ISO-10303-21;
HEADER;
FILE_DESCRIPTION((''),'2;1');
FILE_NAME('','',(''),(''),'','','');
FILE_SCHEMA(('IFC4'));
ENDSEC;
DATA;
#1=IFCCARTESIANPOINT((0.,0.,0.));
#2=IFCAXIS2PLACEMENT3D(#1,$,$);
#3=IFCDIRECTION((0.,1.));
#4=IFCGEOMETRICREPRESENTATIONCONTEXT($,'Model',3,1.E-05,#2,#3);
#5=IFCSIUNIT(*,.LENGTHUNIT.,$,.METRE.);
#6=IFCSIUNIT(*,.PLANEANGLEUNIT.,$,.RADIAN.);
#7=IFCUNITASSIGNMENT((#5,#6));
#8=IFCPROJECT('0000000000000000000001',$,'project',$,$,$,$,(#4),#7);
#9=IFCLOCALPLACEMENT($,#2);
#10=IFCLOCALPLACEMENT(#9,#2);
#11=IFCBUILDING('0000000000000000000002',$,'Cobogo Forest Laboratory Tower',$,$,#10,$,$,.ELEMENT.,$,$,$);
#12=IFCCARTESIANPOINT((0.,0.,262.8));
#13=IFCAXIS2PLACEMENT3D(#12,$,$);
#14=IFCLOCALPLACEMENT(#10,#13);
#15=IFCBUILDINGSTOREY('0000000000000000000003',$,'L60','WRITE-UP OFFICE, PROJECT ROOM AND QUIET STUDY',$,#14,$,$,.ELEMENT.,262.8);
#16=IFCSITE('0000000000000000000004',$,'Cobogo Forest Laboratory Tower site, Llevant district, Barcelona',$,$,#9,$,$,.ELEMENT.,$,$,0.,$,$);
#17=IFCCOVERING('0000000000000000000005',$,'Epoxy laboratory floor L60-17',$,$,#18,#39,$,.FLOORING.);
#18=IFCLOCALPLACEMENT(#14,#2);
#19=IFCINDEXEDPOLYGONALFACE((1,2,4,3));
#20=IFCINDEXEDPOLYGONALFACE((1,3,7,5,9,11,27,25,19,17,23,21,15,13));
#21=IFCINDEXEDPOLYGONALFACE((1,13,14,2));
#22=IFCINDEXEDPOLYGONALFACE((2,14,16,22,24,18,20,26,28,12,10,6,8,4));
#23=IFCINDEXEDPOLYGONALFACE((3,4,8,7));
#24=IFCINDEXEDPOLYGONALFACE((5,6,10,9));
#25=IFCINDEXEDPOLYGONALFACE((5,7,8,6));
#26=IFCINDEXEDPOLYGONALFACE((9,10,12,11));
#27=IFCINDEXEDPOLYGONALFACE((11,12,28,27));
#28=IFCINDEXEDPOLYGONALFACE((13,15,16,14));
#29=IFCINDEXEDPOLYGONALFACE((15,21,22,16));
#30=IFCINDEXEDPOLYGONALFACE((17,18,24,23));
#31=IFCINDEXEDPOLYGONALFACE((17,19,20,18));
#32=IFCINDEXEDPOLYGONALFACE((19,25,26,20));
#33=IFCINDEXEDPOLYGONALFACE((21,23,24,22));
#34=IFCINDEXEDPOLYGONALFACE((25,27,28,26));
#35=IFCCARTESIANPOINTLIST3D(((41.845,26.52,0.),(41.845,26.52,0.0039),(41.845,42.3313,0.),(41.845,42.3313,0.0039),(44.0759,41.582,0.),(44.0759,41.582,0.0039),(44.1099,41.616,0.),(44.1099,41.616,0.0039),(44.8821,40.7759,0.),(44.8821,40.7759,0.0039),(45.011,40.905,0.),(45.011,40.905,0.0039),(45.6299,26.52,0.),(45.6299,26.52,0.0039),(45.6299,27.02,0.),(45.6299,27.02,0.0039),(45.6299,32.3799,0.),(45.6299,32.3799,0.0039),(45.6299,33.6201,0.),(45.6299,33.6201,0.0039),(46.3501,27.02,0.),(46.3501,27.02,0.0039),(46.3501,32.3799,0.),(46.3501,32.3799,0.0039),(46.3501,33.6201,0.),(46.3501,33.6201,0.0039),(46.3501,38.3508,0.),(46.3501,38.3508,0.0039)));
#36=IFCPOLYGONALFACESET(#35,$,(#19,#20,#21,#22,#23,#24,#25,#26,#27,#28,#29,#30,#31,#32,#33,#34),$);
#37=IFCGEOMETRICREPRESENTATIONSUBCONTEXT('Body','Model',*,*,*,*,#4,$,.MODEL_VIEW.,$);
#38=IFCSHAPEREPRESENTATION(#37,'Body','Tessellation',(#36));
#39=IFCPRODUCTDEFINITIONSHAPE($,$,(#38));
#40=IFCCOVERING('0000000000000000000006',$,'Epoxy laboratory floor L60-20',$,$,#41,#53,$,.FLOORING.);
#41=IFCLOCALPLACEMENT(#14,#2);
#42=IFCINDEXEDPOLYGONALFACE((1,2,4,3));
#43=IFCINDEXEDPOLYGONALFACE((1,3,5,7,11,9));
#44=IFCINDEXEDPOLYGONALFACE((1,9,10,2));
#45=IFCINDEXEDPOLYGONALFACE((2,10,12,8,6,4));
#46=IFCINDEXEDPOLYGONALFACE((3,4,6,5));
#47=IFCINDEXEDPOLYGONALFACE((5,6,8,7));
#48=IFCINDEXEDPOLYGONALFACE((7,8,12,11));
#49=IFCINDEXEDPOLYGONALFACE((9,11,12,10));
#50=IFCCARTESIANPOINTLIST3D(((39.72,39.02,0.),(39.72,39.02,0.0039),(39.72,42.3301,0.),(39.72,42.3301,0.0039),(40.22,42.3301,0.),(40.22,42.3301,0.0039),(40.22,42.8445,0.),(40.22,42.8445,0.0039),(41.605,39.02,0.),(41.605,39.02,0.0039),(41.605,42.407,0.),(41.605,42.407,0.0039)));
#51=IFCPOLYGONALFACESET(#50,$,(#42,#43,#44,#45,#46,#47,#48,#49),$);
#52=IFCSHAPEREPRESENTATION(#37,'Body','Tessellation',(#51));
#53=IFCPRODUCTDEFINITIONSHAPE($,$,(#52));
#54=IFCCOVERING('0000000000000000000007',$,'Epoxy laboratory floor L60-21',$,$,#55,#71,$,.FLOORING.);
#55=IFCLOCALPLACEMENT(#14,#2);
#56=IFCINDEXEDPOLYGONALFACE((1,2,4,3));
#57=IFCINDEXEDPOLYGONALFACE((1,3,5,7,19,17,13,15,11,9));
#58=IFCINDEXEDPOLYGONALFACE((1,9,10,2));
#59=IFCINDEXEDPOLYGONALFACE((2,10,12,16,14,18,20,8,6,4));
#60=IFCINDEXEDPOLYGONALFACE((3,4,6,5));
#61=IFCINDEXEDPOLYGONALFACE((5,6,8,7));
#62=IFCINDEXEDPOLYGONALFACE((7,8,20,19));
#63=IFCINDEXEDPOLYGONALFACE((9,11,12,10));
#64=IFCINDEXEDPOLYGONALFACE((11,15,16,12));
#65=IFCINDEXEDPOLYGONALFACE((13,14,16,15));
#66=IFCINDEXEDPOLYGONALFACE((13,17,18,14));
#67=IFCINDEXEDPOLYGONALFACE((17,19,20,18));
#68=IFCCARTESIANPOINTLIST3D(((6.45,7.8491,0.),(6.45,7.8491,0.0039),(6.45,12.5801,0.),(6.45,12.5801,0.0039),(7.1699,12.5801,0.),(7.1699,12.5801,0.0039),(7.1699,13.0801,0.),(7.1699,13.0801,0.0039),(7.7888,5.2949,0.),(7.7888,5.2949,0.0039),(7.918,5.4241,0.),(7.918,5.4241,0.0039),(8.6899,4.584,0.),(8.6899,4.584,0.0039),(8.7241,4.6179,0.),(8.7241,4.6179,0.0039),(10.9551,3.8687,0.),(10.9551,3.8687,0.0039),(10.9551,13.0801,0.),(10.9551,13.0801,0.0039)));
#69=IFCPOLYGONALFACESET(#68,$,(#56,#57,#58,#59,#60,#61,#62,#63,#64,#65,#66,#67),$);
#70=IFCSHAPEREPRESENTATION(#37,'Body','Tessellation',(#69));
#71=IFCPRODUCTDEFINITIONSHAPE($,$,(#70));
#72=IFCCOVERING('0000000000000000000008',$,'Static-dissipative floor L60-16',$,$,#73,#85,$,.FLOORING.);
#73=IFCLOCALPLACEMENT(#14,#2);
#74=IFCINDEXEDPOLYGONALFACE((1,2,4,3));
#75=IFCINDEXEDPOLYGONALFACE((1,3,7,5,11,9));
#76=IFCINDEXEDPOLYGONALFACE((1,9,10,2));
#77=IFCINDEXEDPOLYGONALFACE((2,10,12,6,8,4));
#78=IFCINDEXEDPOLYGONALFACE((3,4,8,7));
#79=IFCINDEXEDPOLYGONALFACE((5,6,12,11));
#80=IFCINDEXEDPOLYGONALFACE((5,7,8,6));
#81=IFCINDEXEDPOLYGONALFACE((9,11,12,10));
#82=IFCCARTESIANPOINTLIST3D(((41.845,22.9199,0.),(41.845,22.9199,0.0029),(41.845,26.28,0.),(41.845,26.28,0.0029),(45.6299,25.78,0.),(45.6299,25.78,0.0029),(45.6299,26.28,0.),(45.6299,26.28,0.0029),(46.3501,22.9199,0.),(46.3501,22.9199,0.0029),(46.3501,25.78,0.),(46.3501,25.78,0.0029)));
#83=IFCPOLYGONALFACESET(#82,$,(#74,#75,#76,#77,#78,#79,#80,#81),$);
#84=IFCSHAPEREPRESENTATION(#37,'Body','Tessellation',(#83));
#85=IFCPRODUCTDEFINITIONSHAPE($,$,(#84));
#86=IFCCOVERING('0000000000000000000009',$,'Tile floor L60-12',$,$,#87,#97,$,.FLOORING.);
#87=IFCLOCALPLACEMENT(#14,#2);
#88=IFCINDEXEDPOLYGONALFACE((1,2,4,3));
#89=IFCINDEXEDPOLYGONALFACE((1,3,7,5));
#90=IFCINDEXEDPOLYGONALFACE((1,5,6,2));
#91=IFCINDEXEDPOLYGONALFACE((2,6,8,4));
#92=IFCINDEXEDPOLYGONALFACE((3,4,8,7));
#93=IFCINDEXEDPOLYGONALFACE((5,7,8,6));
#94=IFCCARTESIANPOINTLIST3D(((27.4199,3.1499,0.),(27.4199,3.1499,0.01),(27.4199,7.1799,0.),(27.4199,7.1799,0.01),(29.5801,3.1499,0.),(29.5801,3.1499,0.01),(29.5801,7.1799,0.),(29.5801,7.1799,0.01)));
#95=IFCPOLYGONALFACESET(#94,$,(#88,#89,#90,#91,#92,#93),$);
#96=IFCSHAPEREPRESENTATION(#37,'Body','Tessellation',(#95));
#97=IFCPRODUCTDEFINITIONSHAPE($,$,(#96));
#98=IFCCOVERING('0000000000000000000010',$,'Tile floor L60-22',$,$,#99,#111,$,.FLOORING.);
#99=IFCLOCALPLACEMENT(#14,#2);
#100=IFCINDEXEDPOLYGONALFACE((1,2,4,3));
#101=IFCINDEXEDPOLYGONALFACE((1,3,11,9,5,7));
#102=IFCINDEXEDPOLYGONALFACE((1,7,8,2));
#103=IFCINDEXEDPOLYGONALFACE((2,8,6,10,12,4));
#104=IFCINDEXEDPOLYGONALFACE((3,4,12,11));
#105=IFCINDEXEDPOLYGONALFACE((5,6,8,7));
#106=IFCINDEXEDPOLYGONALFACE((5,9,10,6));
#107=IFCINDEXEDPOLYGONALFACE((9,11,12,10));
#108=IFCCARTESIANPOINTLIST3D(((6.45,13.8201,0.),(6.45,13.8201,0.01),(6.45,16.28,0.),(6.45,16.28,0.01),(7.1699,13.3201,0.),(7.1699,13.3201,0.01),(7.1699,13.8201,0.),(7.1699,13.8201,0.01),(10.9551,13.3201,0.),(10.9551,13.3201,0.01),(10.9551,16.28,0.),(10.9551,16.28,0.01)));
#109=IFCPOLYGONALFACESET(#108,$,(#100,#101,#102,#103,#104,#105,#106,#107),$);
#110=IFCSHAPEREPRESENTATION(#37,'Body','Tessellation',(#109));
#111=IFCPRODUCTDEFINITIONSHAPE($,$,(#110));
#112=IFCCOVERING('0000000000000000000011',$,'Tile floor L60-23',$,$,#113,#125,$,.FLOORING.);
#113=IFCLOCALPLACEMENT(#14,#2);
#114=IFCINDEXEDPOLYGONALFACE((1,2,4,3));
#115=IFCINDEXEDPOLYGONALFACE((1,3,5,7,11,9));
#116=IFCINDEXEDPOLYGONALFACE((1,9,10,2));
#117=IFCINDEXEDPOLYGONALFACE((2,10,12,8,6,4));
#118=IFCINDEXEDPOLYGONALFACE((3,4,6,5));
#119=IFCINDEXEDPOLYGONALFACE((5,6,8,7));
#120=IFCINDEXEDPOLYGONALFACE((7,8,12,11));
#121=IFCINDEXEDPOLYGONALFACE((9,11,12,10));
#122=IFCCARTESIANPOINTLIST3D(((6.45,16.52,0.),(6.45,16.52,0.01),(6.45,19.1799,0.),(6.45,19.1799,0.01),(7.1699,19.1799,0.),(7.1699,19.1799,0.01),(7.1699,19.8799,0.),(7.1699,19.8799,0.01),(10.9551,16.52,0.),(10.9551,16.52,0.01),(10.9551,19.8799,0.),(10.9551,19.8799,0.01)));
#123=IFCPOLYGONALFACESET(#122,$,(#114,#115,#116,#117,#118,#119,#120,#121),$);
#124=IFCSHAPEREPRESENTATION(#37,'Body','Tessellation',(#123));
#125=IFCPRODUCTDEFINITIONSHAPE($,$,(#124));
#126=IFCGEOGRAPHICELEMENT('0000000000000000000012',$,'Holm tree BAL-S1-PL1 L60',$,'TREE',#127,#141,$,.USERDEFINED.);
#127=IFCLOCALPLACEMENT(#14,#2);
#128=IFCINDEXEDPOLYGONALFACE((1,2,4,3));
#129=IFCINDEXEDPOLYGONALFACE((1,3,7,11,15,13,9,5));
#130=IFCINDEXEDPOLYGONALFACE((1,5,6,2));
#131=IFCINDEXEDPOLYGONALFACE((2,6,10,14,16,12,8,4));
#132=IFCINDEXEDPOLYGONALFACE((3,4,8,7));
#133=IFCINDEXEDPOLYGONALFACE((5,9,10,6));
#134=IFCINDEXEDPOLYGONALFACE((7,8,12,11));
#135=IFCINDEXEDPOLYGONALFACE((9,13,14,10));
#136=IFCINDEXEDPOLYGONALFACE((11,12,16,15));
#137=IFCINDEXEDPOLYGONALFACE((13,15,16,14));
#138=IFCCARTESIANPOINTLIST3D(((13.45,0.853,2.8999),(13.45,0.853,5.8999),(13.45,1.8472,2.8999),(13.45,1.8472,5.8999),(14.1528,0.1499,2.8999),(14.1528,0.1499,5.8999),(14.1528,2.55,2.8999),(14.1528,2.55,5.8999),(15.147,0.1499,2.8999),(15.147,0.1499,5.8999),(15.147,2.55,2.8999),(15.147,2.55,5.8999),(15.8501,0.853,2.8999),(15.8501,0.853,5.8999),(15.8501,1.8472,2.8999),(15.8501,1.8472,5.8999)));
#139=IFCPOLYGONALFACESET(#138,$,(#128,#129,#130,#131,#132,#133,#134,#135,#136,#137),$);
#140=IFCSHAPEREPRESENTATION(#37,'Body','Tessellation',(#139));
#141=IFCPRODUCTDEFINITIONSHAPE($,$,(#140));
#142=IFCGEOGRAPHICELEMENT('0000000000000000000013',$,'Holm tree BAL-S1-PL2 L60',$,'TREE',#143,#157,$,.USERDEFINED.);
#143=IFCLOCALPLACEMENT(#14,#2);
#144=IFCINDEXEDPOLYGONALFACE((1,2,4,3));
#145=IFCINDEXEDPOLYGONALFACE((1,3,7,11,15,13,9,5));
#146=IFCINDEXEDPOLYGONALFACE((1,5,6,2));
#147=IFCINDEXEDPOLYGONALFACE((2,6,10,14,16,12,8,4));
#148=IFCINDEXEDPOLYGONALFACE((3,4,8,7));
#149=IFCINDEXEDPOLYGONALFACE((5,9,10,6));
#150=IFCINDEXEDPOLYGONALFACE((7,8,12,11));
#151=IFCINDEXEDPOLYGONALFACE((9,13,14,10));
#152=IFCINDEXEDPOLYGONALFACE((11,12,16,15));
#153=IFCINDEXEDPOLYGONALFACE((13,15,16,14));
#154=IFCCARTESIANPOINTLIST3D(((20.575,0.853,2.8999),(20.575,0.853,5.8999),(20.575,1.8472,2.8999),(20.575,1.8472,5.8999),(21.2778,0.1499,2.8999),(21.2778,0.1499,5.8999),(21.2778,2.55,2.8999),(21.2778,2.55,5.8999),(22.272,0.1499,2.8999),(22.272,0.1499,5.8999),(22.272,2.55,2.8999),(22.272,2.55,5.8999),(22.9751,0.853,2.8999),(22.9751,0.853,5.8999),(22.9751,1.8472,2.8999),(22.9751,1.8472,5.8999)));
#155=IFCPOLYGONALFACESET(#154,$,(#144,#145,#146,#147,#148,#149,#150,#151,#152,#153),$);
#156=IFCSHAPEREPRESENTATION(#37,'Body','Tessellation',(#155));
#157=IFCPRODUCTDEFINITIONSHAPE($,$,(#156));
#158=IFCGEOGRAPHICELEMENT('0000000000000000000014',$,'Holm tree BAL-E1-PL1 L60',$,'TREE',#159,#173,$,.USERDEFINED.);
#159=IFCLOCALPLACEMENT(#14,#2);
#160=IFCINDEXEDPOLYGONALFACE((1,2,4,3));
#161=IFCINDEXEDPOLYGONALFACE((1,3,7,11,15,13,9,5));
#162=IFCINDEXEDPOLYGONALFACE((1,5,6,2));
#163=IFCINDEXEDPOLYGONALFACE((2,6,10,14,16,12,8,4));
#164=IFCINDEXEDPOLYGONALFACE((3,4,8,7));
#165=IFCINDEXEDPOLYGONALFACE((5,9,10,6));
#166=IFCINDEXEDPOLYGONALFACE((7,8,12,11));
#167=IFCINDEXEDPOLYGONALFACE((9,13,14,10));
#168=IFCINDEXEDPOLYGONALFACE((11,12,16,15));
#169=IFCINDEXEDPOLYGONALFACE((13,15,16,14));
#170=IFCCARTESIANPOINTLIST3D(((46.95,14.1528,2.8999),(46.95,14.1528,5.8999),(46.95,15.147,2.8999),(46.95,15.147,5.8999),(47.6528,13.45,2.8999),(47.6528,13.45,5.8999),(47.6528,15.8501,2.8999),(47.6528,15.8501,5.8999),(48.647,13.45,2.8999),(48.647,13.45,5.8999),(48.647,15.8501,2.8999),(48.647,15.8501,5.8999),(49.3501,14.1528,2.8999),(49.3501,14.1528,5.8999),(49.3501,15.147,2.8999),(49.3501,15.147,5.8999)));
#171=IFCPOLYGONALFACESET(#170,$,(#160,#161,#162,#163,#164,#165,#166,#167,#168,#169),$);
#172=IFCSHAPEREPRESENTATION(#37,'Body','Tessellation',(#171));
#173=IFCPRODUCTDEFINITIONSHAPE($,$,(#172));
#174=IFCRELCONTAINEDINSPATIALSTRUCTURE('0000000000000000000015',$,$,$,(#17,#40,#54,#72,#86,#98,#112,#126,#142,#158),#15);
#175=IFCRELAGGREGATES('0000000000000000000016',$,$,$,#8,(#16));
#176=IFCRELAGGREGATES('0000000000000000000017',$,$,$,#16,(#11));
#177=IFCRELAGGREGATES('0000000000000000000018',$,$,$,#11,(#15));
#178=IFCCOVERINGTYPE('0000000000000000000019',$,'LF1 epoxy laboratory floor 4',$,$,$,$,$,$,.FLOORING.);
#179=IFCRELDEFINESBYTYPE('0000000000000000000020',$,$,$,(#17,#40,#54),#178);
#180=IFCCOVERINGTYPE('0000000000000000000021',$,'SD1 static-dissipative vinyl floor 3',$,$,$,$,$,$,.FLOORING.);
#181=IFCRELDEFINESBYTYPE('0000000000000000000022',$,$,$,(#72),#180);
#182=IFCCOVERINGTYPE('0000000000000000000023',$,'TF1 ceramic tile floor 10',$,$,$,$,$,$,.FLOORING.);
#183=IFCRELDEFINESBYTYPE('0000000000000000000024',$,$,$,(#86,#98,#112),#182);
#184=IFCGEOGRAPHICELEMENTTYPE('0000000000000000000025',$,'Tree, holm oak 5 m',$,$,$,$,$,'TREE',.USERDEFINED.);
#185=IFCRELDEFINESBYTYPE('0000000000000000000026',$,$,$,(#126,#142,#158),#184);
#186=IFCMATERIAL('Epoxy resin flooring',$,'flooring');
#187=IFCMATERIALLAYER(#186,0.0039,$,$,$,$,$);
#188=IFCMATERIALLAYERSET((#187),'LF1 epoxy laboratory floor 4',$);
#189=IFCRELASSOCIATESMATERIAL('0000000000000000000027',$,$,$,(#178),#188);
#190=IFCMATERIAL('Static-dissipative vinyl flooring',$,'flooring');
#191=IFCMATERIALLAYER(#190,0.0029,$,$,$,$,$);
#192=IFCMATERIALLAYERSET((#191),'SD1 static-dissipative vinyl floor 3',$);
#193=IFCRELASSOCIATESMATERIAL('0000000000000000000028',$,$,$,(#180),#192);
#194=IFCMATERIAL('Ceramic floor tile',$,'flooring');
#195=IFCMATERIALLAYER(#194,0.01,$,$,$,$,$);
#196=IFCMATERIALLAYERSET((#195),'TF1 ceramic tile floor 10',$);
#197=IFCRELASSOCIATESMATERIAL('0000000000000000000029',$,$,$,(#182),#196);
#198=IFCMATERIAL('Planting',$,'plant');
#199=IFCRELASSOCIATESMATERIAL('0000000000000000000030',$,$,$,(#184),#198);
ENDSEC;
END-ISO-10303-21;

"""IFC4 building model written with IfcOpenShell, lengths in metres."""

from ifc_helpers import new_model, si_unit, direction, frame, origin, place, context, subcontext, project, spatial, polyline, outline, extrude, material, layer, layer_set, type_object, element, save


model = new_model("IFC4")

# Units and contexts
model_context = context("Model", 3, precision=1e-05, world=origin(), true_north=direction((0.0, 1.0)))
body_context = subcontext(model_context, "Body", "Model", "MODEL_VIEW")
ifc_project = project(units=[si_unit("LENGTHUNIT", "METRE"), si_unit("PLANEANGLEUNIT", "RADIAN")], contexts=[model_context])

# Site, building, storey
site_placement = place(None, origin())
site = spatial("IfcSite", under=ifc_project, at=site_placement, Name="Cobogo Forest Laboratory Tower site, Llevant district, Barcelona", CompositionType="ELEMENT", RefElevation=0.0)
building_placement = place(site_placement, origin())
building = spatial("IfcBuilding", under=site, at=building_placement, Name="Cobogo Forest Laboratory Tower", CompositionType="ELEMENT")
storey_placement = place(building_placement, frame((0.0, 0.0, 262.8)))
storey = spatial("IfcBuildingStorey", under=building, at=storey_placement, Name="L60", Description="WRITE-UP OFFICE, PROJECT ROOM AND QUIET STUDY", CompositionType="ELEMENT", Elevation=262.8)

# Coverings
ifc_material_1 = material(Name="Epoxy resin flooring", Category="flooring")
ifc_layer_1 = layer(ifc_material_1, 0.0039)
ifc_layer_set_1 = layer_set([ifc_layer_1], Name="LF1 epoxy laboratory floor 4")
covering_type_1 = type_object("IfcCoveringType", Name="LF1 epoxy laboratory floor 4", PredefinedType="FLOORING", material=ifc_layer_set_1)
covering_1_placement = place(storey_placement, origin())
element("IfcCovering", 1, at=covering_1_placement, inside=storey, type_object=covering_type_1, Name="Epoxy laboratory floor L60-17", PredefinedType="FLOORING", context=body_context, shape_type="SweptSolid", body=[
    extrude(outline(polyline([(41.845, 42.3313), (44.1099, 41.616), (44.0759, 41.582), (44.8821, 40.7759), (45.011, 40.905), (46.3501, 38.3508), (46.3501, 33.6201), (45.6299, 33.6201), (45.6299, 32.3799), (46.3501, 32.3799), (46.3501, 27.02), (45.6299, 27.02), (45.6299, 26.52), (41.845, 26.52), (41.845, 42.3313)])), origin(), (0.0, 0.0, 1.0), 0.0039),
])
covering_2_placement = place(storey_placement, origin())
element("IfcCovering", 2, at=covering_2_placement, inside=storey, type_object=covering_type_1, Name="Epoxy laboratory floor L60-20", PredefinedType="FLOORING", context=body_context, shape_type="SweptSolid", body=[
    extrude(outline(polyline([(39.72, 39.02), (39.72, 42.3301), (40.22, 42.3301), (40.22, 42.8445), (41.605, 42.407), (41.605, 39.02), (39.72, 39.02)])), origin(), (0.0, 0.0, 1.0), 0.0039),
])
covering_3_placement = place(storey_placement, origin())
element("IfcCovering", 3, at=covering_3_placement, inside=storey, type_object=covering_type_1, Name="Epoxy laboratory floor L60-21", PredefinedType="FLOORING", context=body_context, shape_type="SweptSolid", body=[
    extrude(outline(polyline([(8.6899, 4.584), (8.7241, 4.6179), (7.918, 5.4241), (7.7888, 5.2949), (6.45, 7.8491), (6.45, 12.5801), (7.1699, 12.5801), (7.1699, 13.0801), (10.9551, 13.0801), (10.9551, 3.8687), (8.6899, 4.584)])), origin(), (0.0, 0.0, 1.0), 0.0039),
])
ifc_material_2 = material(Name="Static-dissipative vinyl flooring", Category="flooring")
ifc_layer_2 = layer(ifc_material_2, 0.0029)
ifc_layer_set_2 = layer_set([ifc_layer_2], Name="SD1 static-dissipative vinyl floor 3")
covering_type_2 = type_object("IfcCoveringType", Name="SD1 static-dissipative vinyl floor 3", PredefinedType="FLOORING", material=ifc_layer_set_2)
covering_4_placement = place(storey_placement, origin())
element("IfcCovering", 4, at=covering_4_placement, inside=storey, type_object=covering_type_2, Name="Static-dissipative floor L60-16", PredefinedType="FLOORING", context=body_context, shape_type="SweptSolid", body=[
    extrude(outline(polyline([(41.845, 26.28), (45.6299, 26.28), (45.6299, 25.78), (46.3501, 25.78), (46.3501, 22.9199), (41.845, 22.9199), (41.845, 26.28)])), origin(), (0.0, 0.0, 1.0), 0.0029),
])
ifc_material_3 = material(Name="Ceramic floor tile", Category="flooring")
ifc_layer_3 = layer(ifc_material_3, 0.01)
ifc_layer_set_3 = layer_set([ifc_layer_3], Name="TF1 ceramic tile floor 10")
covering_type_3 = type_object("IfcCoveringType", Name="TF1 ceramic tile floor 10", PredefinedType="FLOORING", material=ifc_layer_set_3)
covering_5_placement = place(storey_placement, origin())
element("IfcCovering", 5, at=covering_5_placement, inside=storey, type_object=covering_type_3, Name="Tile floor L60-12", PredefinedType="FLOORING", context=body_context, shape_type="SweptSolid", body=[
    extrude(outline(polyline([(27.4199, 7.1799), (29.5801, 7.1799), (29.5801, 3.1499), (27.4199, 3.1499), (27.4199, 7.1799)])), origin(), (0.0, 0.0, 1.0), 0.01),
])
covering_6_placement = place(storey_placement, origin())
element("IfcCovering", 6, at=covering_6_placement, inside=storey, type_object=covering_type_3, Name="Tile floor L60-22", PredefinedType="FLOORING", context=body_context, shape_type="SweptSolid", body=[
    extrude(outline(polyline([(10.9551, 13.3201), (7.1699, 13.3201), (7.1699, 13.8201), (6.45, 13.8201), (6.45, 16.28), (10.9551, 16.28), (10.9551, 13.3201)])), origin(), (0.0, 0.0, 1.0), 0.01),
])
covering_7_placement = place(storey_placement, origin())
element("IfcCovering", 7, at=covering_7_placement, inside=storey, type_object=covering_type_3, Name="Tile floor L60-23", PredefinedType="FLOORING", context=body_context, shape_type="SweptSolid", body=[
    extrude(outline(polyline([(10.9551, 16.52), (6.45, 16.52), (6.45, 19.1799), (7.1699, 19.1799), (7.1699, 19.8799), (10.9551, 19.8799), (10.9551, 16.52)])), origin(), (0.0, 0.0, 1.0), 0.01),
])

# Geographic elements
ifc_material_4 = material(Name="Planting", Category="plant")
geographic_element_type = type_object("IfcGeographicElementType", Name="Tree, holm oak 5 m", ElementType="TREE", PredefinedType="USERDEFINED", material=ifc_material_4)
geographic_element_1_placement = place(storey_placement, frame((0.0, 0.0, 2.8999)))
element("IfcGeographicElement", 8, at=geographic_element_1_placement, inside=storey, type_object=geographic_element_type, Name="Holm tree BAL-S1-PL1 L60", ObjectType="TREE", PredefinedType="USERDEFINED", context=body_context, shape_type="SweptSolid", body=[
    extrude(outline(polyline([(15.8501, 0.853), (15.8501, 1.8472), (15.147, 2.55), (14.1528, 2.55), (13.45, 1.8472), (13.45, 0.853), (14.1528, 0.1499), (15.147, 0.1499), (15.8501, 0.853)])), origin(), (0.0, 0.0, 1.0), 3.0),
])
geographic_element_2_placement = place(storey_placement, frame((0.0, 0.0, 2.8999)))
element("IfcGeographicElement", 9, at=geographic_element_2_placement, inside=storey, type_object=geographic_element_type, Name="Holm tree BAL-S1-PL2 L60", ObjectType="TREE", PredefinedType="USERDEFINED", context=body_context, shape_type="SweptSolid", body=[
    extrude(outline(polyline([(22.9751, 0.853), (22.9751, 1.8472), (22.272, 2.55), (21.2778, 2.55), (20.575, 1.8472), (20.575, 0.853), (21.2778, 0.1499), (22.272, 0.1499), (22.9751, 0.853)])), origin(), (0.0, 0.0, 1.0), 3.0),
])
geographic_element_3_placement = place(storey_placement, frame((0.0, 0.0, 2.8999)))
element("IfcGeographicElement", 10, at=geographic_element_3_placement, inside=storey, type_object=geographic_element_type, Name="Holm tree BAL-E1-PL1 L60", ObjectType="TREE", PredefinedType="USERDEFINED", context=body_context, shape_type="SweptSolid", body=[
    extrude(outline(polyline([(49.3501, 14.1528), (49.3501, 15.147), (48.647, 15.8501), (47.6528, 15.8501), (46.95, 15.147), (46.95, 14.1528), (47.6528, 13.45), (48.647, 13.45), (49.3501, 14.1528)])), origin(), (0.0, 0.0, 1.0), 3.0),
])

save(model, "model.ifc")
